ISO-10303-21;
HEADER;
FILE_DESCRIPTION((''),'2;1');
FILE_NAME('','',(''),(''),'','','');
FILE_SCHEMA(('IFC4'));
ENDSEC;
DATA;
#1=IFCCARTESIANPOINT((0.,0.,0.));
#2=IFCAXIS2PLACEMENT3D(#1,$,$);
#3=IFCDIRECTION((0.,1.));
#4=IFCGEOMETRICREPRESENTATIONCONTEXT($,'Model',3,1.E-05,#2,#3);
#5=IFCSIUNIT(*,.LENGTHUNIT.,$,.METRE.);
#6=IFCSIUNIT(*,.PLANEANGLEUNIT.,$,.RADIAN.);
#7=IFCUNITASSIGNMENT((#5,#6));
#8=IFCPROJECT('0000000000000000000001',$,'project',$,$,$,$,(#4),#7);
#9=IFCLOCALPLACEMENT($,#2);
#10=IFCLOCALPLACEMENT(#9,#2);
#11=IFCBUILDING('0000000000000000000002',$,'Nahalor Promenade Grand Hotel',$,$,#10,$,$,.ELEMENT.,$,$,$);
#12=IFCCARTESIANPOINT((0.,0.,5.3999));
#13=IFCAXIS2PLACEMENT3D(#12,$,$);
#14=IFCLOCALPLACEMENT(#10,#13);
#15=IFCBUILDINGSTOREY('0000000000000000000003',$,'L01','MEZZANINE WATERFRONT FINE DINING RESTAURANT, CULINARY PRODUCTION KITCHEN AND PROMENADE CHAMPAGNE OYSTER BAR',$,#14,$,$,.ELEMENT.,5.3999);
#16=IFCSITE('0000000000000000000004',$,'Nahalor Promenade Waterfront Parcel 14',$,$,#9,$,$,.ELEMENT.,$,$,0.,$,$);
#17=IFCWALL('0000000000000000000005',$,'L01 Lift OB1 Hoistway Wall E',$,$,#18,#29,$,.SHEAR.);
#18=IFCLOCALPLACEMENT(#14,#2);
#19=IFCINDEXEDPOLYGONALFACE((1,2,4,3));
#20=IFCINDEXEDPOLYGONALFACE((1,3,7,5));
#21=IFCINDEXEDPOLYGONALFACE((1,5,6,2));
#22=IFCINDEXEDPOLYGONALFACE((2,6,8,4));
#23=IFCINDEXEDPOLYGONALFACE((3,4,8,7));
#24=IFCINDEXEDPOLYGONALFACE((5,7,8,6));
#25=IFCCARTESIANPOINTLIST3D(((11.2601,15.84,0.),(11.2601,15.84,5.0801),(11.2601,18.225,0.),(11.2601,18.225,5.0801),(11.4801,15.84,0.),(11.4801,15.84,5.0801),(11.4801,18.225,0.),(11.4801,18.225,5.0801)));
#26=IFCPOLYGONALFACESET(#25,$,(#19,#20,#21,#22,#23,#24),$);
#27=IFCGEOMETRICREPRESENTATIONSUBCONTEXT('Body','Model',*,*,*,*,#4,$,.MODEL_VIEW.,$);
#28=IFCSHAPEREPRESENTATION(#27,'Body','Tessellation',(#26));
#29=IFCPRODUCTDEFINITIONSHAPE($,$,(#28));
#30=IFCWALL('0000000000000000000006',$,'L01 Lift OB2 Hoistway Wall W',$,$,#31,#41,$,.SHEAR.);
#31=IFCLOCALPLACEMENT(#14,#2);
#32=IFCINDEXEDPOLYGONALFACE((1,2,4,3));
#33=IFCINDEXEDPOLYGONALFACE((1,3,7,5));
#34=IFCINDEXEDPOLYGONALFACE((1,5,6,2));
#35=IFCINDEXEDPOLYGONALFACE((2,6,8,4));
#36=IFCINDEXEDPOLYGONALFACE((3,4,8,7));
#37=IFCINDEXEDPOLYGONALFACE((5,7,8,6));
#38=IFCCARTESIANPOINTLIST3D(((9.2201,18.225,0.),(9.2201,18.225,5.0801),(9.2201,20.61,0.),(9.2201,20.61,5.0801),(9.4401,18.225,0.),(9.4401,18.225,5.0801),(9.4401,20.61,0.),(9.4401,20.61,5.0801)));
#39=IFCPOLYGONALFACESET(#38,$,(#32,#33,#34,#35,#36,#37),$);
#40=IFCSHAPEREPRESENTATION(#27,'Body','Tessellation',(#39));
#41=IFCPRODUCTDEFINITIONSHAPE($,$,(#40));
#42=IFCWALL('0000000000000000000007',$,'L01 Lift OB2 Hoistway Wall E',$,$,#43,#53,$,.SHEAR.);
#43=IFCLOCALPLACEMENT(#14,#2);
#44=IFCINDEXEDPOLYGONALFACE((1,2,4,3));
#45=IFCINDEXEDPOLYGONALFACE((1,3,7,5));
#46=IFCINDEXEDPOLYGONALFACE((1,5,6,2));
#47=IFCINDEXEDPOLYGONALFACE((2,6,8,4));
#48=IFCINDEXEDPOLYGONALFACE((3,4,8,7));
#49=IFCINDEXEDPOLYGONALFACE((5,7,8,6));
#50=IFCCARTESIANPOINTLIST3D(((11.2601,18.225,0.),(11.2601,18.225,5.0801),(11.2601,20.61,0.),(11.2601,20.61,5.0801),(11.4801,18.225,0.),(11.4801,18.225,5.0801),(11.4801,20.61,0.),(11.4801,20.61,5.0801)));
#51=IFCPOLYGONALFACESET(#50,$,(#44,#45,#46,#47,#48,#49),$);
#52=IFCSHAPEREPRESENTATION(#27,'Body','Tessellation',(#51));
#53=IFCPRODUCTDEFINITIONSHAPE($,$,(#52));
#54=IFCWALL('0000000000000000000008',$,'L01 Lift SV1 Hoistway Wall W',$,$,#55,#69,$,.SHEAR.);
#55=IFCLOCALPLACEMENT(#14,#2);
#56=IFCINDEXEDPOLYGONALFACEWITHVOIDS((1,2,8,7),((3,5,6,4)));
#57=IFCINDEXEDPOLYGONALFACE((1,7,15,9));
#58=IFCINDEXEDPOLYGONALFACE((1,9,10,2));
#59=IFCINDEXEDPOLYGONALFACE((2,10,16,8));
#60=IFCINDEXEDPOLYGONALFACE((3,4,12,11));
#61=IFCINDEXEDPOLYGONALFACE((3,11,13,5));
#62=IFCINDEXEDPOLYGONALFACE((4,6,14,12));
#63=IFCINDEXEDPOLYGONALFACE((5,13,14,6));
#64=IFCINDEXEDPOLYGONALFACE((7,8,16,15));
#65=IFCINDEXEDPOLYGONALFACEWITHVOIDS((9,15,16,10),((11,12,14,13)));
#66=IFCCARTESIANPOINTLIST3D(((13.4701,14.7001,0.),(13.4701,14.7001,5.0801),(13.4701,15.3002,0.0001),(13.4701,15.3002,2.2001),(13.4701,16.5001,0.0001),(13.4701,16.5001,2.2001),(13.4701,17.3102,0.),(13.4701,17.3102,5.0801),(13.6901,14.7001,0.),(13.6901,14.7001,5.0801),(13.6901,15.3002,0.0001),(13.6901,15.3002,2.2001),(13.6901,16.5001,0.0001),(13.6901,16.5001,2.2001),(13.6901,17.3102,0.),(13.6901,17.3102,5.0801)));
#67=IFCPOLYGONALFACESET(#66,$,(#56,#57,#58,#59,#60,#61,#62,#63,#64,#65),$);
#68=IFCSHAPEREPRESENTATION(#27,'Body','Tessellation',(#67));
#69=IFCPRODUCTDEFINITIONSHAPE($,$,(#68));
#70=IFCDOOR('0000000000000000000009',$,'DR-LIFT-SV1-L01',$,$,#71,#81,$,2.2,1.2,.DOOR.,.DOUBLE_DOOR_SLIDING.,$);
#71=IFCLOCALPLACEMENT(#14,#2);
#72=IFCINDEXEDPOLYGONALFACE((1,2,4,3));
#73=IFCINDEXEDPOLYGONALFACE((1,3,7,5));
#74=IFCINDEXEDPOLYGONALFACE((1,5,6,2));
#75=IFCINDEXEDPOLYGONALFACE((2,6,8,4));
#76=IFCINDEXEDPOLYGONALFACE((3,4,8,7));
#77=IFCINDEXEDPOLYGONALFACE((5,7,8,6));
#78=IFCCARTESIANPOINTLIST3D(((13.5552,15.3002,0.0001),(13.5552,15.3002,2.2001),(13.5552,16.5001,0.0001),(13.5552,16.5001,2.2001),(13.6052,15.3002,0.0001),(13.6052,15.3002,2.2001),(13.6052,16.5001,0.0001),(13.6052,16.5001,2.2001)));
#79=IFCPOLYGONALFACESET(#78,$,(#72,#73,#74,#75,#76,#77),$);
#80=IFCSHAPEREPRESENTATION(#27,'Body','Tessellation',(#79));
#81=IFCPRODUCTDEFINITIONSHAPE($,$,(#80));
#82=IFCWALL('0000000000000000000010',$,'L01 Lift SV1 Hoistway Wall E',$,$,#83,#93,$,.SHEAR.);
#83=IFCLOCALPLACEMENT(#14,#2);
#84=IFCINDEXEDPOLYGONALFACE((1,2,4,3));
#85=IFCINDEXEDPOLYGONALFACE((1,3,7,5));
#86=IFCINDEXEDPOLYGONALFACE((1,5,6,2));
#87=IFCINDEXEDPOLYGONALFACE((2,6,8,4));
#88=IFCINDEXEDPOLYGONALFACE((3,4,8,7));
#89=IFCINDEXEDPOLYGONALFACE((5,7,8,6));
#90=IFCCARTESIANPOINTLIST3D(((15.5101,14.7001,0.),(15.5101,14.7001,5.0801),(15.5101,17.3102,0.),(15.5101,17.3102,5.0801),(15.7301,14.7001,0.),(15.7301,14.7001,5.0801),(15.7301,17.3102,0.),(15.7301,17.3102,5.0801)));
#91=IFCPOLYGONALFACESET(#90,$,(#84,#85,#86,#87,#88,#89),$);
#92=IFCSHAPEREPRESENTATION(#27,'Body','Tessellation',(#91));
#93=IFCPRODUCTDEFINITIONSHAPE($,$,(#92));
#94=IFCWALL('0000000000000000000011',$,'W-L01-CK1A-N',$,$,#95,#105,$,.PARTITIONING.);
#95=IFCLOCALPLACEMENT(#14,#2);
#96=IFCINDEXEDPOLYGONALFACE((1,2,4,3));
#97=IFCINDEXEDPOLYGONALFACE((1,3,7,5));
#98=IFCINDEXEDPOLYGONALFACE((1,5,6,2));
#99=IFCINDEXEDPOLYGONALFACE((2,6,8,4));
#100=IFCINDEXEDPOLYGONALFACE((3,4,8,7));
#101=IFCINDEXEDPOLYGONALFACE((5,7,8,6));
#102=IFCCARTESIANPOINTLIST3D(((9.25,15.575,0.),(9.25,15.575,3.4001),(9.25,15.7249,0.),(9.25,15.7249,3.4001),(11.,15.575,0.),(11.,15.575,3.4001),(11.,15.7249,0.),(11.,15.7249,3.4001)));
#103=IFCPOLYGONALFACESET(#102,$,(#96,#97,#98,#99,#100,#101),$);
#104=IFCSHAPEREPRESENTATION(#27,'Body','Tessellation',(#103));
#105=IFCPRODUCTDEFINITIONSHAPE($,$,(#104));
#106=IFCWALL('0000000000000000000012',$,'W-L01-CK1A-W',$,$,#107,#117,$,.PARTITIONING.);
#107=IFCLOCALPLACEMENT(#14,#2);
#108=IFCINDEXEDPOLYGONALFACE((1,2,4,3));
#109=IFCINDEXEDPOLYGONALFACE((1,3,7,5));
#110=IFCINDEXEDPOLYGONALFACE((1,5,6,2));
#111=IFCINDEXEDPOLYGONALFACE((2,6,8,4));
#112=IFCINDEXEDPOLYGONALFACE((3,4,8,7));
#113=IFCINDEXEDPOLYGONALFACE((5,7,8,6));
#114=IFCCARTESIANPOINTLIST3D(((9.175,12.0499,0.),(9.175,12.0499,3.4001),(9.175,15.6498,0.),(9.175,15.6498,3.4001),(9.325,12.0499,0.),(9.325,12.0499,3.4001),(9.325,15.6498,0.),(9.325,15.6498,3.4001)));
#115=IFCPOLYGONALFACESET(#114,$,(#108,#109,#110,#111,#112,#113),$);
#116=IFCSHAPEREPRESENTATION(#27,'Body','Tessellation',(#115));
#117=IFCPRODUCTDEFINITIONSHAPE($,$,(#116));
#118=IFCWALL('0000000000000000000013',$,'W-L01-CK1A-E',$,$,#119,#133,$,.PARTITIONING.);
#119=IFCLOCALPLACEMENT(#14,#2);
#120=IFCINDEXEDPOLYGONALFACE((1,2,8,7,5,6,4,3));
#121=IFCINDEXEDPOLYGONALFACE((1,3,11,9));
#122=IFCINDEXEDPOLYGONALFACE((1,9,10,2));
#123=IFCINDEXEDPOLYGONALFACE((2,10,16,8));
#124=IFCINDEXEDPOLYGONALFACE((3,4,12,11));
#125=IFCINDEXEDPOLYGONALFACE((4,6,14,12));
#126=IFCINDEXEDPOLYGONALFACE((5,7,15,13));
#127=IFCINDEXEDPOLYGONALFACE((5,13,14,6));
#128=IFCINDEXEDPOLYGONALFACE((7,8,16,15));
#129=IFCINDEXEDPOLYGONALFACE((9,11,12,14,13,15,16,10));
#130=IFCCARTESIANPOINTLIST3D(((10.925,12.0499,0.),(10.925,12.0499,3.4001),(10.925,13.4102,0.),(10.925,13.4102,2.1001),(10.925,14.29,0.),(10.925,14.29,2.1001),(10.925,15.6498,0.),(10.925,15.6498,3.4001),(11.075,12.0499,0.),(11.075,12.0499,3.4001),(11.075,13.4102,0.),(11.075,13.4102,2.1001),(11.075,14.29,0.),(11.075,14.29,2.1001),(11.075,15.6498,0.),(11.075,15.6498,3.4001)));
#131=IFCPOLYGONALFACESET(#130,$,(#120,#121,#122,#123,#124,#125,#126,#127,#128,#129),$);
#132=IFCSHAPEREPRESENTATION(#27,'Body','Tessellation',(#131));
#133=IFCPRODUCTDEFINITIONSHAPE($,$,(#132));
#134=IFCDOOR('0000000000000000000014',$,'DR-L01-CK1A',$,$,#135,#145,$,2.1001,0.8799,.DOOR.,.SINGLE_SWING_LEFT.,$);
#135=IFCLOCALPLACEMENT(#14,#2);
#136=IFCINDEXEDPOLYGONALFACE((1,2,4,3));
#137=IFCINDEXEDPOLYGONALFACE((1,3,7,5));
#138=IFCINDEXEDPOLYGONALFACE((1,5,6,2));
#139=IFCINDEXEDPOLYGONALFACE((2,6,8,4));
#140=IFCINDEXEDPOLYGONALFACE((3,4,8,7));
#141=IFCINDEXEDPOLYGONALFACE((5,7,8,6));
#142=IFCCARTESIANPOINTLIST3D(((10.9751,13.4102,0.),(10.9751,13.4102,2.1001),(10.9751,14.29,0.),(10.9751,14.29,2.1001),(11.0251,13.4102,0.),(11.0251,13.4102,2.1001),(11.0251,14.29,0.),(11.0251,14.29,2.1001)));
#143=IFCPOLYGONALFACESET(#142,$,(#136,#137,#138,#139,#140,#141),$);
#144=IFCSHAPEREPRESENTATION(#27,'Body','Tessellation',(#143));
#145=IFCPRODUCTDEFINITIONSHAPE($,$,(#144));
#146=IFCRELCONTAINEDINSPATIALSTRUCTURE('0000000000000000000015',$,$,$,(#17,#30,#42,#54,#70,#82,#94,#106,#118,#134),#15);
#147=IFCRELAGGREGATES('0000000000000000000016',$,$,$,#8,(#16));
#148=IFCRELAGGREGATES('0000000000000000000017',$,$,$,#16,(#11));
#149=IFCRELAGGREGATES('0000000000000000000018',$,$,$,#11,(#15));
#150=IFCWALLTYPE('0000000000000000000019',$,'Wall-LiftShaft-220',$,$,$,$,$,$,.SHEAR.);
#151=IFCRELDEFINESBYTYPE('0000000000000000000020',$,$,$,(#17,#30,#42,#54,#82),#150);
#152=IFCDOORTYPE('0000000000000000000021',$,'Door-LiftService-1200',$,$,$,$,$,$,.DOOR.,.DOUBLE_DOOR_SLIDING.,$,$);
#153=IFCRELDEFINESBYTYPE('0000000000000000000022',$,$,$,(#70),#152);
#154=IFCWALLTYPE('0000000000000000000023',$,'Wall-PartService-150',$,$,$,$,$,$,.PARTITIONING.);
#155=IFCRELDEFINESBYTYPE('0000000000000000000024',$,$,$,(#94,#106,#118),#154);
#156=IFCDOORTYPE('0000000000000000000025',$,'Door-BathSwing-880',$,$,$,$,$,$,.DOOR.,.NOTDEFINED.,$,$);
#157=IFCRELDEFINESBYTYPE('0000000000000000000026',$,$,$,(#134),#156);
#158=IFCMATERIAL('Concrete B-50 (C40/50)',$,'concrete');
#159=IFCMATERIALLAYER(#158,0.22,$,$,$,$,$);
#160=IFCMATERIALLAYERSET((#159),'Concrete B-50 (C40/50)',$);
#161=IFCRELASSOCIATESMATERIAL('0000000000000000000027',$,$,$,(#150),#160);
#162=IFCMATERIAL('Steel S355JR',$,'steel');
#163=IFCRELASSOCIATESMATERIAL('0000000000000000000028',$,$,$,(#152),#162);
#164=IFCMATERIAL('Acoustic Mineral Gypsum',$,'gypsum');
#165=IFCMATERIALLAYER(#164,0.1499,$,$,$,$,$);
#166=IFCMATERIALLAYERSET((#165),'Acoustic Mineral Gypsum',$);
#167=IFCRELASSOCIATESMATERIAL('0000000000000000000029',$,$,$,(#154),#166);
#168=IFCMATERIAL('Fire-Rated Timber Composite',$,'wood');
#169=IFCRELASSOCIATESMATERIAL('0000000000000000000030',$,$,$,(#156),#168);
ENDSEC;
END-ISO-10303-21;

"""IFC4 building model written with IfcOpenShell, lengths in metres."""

from ifc_helpers import new_model, si_unit, direction, frame, frame_2d, origin, place, context, subcontext, project, spatial, rectangle, extrude, source, transform, mapped, material, layer, layer_set, type_object, element, fill, save


model = new_model("IFC4")

# Units and contexts
model_context = context("Model", 3, precision=1e-05, world=origin(), true_north=direction((0.0, 1.0)))
body_context = subcontext(model_context, "Body", "Model", "MODEL_VIEW")
ifc_project = project(units=[si_unit("LENGTHUNIT", "METRE"), si_unit("PLANEANGLEUNIT", "RADIAN")], contexts=[model_context])

# Site, building, storey
site_placement = place(None, origin())
site = spatial("IfcSite", under=ifc_project, at=site_placement, Name="Nahalor Promenade Waterfront Parcel 14", CompositionType="ELEMENT", RefElevation=0.0)
building_placement = place(site_placement, origin())
building = spatial("IfcBuilding", under=site, at=building_placement, Name="Nahalor Promenade Grand Hotel", CompositionType="ELEMENT")
storey_placement = place(building_placement, frame((0.0, 0.0, 5.3999)))
storey = spatial("IfcBuildingStorey", under=building, at=storey_placement, Name="L01", Description="MEZZANINE WATERFRONT FINE DINING RESTAURANT, CULINARY PRODUCTION KITCHEN AND PROMENADE CHAMPAGNE OYSTER BAR", CompositionType="ELEMENT", Elevation=5.3999)

# Shared definitions
ifc_material_1 = material(Name="Steel S355JR", Category="steel")

# Shared definitions
ifc_material_2 = material(Name="Concrete B-50 (C40/50)", Category="concrete")
ifc_layer_1 = layer(ifc_material_2, 0.22)
ifc_layer_set_1 = layer_set([ifc_layer_1], Name="Concrete B-50 (C40/50)")
wall_type_1 = type_object("IfcWallType", Name="Wall-LiftShaft-220", PredefinedType="SHEAR", material=ifc_layer_set_1)

# Walls
shared_shape_1 = source(origin(), body_context, "Body", "SweptSolid", [
    extrude(rectangle(XDim=2.385, YDim=0.22, at=frame_2d((1.1924, 0.0))), origin(), (0.0, 0.0, 1.0), 5.0801),
])
for number, where, z_axis, x_axis, name in (
    (1, (11.3701, 15.8401, 0.0), (0.0, 0.0, 1.0), (0.0, 1.0, 0.0), "L01 Lift OB1 Hoistway Wall E"),
    (2, (9.3301, 18.2251, 0.0), (0.0, 0.0, 1.0), (0.0, 1.0, 0.0), "L01 Lift OB2 Hoistway Wall W"),
    (3, (11.3701, 18.2251, 0.0), (0.0, 0.0, 1.0), (0.0, 1.0, 0.0), "L01 Lift OB2 Hoistway Wall E"),
):
    element("IfcWall", number, at=place(storey_placement, frame(where, z_axis=z_axis, x_axis=x_axis)), inside=storey, type_object=wall_type_1, Name=name, PredefinedType="SHEAR", context=body_context, shape_type="MappedRepresentation", body=[
        mapped(shared_shape_1, transform((0.0, 0.0, 0.0), scale=1.0)),
    ])

# Wall, opening, door
shared_shape_2 = source(origin(), body_context, "Body", "SweptSolid", [
    extrude(rectangle(XDim=2.6101, YDim=0.22, at=frame_2d((1.3052, 0.0))), origin(), (0.0, 0.0, 1.0), 5.0801),
])
wall_1_placement = place(storey_placement, frame((13.5801, 14.7, 0.0), z_axis=(0.0, 0.0, 1.0), x_axis=(0.0, 1.0, 0.0)))
wall_1 = element("IfcWall", 4, at=wall_1_placement, inside=storey, type_object=wall_type_1, Name="L01 Lift SV1 Hoistway Wall W", PredefinedType="SHEAR", context=body_context, shape_type="MappedRepresentation", body=[
    mapped(shared_shape_2, transform((0.0, 0.0, 0.0), scale=1.0)),
])
opening_1_placement = place(wall_1_placement, frame((0.6001, 0.0, 0.0)))
opening_1 = element("IfcOpeningElement", 5, at=opening_1_placement, cuts=wall_1, PredefinedType="OPENING", context=body_context, shape_type="SweptSolid", body=[
    extrude(rectangle(XDim=1.2, YDim=2.2, at=frame_2d((0.6001, 1.1001))), frame((0.0, 0.1199, 0.0), z_axis=(0.0, -1.0, 0.0), x_axis=(1.0, 0.0, 0.0)), (0.0, 0.0, 1.0), 0.24),
])
door_type_1 = type_object("IfcDoorType", Name="Door-LiftService-1200", OperationType="DOUBLE_DOOR_SLIDING", PredefinedType="DOOR", material=ifc_material_1)
shared_shape_3 = source(origin(), body_context, "Body", "SweptSolid", [
    extrude(rectangle(XDim=1.2, YDim=2.2, at=frame_2d((0.6001, 1.1001))), frame((0.0, 0.0249, 0.0), z_axis=(0.0, -1.0, 0.0), x_axis=(1.0, 0.0, 0.0)), (0.0, 0.0, 1.0), 0.05),
])
door_1_placement = place(opening_1_placement, origin())
door_1 = element("IfcDoor", 6, at=door_1_placement, inside=storey, type_object=door_type_1, Name="DR-LIFT-SV1-L01", OperationType="DOUBLE_DOOR_SLIDING", OverallHeight=2.2, OverallWidth=1.2, PredefinedType="DOOR", context=body_context, shape_type="MappedRepresentation", body=[
    mapped(shared_shape_3, transform((0.0, 0.0, 0.0), scale=1.0)),
])
fill(opening_1, door_1)

# Walls
wall_2_placement = place(storey_placement, frame((15.6201, 14.7, 0.0), z_axis=(0.0, 0.0, 1.0), x_axis=(0.0, 1.0, 0.0)))
element("IfcWall", 7, at=wall_2_placement, inside=storey, type_object=wall_type_1, Name="L01 Lift SV1 Hoistway Wall E", PredefinedType="SHEAR", context=body_context, shape_type="MappedRepresentation", body=[
    mapped(shared_shape_2, transform((0.0, 0.0, 0.0), scale=1.0)),
])
ifc_material_3 = material(Name="Acoustic Mineral Gypsum", Category="gypsum")
ifc_layer_2 = layer(ifc_material_3, 0.1499)
ifc_layer_set_2 = layer_set([ifc_layer_2], Name="Acoustic Mineral Gypsum")
wall_type_2 = type_object("IfcWallType", Name="Wall-PartService-150", PredefinedType="PARTITIONING", material=ifc_layer_set_2)
shared_shape_4 = source(origin(), body_context, "Body", "SweptSolid", [
    extrude(rectangle(XDim=1.75, YDim=0.1499, at=frame_2d((0.875, 0.0))), origin(), (0.0, 0.0, 1.0), 3.4001),
])
wall_3_placement = place(storey_placement, frame((9.25, 15.6499, 0.0), z_axis=(0.0, 0.0, 1.0), x_axis=(1.0, 0.0, 0.0)))
element("IfcWall", 8, at=wall_3_placement, inside=storey, type_object=wall_type_2, Name="W-L01-CK1A-N", PredefinedType="PARTITIONING", context=body_context, shape_type="MappedRepresentation", body=[
    mapped(shared_shape_4, transform((0.0, 0.0, 0.0), scale=1.0)),
])
shared_shape_5 = source(origin(), body_context, "Body", "SweptSolid", [
    extrude(rectangle(XDim=3.5999, YDim=0.1499, at=frame_2d((1.7998, 0.0))), origin(), (0.0, 0.0, 1.0), 3.4001),
])
wall_4_placement = place(storey_placement, frame((9.25, 12.05, 0.0), z_axis=(0.0, 0.0, 1.0), x_axis=(0.0, 1.0, 0.0)))
element("IfcWall", 9, at=wall_4_placement, inside=storey, type_object=wall_type_2, Name="W-L01-CK1A-W", PredefinedType="PARTITIONING", context=body_context, shape_type="MappedRepresentation", body=[
    mapped(shared_shape_5, transform((0.0, 0.0, 0.0), scale=1.0)),
])

# Wall, opening, door
wall_5_placement = place(storey_placement, frame((11.0, 12.05, 0.0), z_axis=(0.0, 0.0, 1.0), x_axis=(0.0, 1.0, 0.0)))
wall_5 = element("IfcWall", 10, at=wall_5_placement, inside=storey, type_object=wall_type_2, Name="W-L01-CK1A-E", PredefinedType="PARTITIONING", context=body_context, shape_type="MappedRepresentation", body=[
    mapped(shared_shape_5, transform((0.0, 0.0, 0.0), scale=1.0)),
])
opening_2_placement = place(wall_5_placement, frame((1.3601, 0.0, 0.0)))
opening_2 = element("IfcOpeningElement", 11, at=opening_2_placement, cuts=wall_5, PredefinedType="OPENING", context=body_context, shape_type="SweptSolid", body=[
    extrude(rectangle(XDim=0.8799, YDim=2.1001, at=frame_2d((0.4399, 1.05))), frame((0.0, 0.085, 0.0), z_axis=(0.0, -1.0, 0.0), x_axis=(1.0, 0.0, 0.0)), (0.0, 0.0, 1.0), 0.1699),
])
ifc_material_4 = material(Name="Fire-Rated Timber Composite", Category="wood")
door_type_2 = type_object("IfcDoorType", Name="Door-BathSwing-880", OperationType="NOTDEFINED", PredefinedType="DOOR", material=ifc_material_4)
shared_shape_6 = source(origin(), body_context, "Body", "SweptSolid", [
    extrude(rectangle(XDim=0.8799, YDim=2.1001, at=frame_2d((0.4399, 1.05))), frame((0.0, 0.0249, 0.0), z_axis=(0.0, -1.0, 0.0), x_axis=(1.0, 0.0, 0.0)), (0.0, 0.0, 1.0), 0.05),
])
door_2_placement = place(opening_2_placement, origin())
door_2 = element("IfcDoor", 12, at=door_2_placement, inside=storey, type_object=door_type_2, Name="DR-L01-CK1A", OperationType="SINGLE_SWING_LEFT", OverallHeight=2.1001, OverallWidth=0.8799, PredefinedType="DOOR", context=body_context, shape_type="MappedRepresentation", body=[
    mapped(shared_shape_6, transform((0.0, 0.0, 0.0), scale=1.0)),
])
fill(opening_2, door_2)

save(model, "model.ifc")
